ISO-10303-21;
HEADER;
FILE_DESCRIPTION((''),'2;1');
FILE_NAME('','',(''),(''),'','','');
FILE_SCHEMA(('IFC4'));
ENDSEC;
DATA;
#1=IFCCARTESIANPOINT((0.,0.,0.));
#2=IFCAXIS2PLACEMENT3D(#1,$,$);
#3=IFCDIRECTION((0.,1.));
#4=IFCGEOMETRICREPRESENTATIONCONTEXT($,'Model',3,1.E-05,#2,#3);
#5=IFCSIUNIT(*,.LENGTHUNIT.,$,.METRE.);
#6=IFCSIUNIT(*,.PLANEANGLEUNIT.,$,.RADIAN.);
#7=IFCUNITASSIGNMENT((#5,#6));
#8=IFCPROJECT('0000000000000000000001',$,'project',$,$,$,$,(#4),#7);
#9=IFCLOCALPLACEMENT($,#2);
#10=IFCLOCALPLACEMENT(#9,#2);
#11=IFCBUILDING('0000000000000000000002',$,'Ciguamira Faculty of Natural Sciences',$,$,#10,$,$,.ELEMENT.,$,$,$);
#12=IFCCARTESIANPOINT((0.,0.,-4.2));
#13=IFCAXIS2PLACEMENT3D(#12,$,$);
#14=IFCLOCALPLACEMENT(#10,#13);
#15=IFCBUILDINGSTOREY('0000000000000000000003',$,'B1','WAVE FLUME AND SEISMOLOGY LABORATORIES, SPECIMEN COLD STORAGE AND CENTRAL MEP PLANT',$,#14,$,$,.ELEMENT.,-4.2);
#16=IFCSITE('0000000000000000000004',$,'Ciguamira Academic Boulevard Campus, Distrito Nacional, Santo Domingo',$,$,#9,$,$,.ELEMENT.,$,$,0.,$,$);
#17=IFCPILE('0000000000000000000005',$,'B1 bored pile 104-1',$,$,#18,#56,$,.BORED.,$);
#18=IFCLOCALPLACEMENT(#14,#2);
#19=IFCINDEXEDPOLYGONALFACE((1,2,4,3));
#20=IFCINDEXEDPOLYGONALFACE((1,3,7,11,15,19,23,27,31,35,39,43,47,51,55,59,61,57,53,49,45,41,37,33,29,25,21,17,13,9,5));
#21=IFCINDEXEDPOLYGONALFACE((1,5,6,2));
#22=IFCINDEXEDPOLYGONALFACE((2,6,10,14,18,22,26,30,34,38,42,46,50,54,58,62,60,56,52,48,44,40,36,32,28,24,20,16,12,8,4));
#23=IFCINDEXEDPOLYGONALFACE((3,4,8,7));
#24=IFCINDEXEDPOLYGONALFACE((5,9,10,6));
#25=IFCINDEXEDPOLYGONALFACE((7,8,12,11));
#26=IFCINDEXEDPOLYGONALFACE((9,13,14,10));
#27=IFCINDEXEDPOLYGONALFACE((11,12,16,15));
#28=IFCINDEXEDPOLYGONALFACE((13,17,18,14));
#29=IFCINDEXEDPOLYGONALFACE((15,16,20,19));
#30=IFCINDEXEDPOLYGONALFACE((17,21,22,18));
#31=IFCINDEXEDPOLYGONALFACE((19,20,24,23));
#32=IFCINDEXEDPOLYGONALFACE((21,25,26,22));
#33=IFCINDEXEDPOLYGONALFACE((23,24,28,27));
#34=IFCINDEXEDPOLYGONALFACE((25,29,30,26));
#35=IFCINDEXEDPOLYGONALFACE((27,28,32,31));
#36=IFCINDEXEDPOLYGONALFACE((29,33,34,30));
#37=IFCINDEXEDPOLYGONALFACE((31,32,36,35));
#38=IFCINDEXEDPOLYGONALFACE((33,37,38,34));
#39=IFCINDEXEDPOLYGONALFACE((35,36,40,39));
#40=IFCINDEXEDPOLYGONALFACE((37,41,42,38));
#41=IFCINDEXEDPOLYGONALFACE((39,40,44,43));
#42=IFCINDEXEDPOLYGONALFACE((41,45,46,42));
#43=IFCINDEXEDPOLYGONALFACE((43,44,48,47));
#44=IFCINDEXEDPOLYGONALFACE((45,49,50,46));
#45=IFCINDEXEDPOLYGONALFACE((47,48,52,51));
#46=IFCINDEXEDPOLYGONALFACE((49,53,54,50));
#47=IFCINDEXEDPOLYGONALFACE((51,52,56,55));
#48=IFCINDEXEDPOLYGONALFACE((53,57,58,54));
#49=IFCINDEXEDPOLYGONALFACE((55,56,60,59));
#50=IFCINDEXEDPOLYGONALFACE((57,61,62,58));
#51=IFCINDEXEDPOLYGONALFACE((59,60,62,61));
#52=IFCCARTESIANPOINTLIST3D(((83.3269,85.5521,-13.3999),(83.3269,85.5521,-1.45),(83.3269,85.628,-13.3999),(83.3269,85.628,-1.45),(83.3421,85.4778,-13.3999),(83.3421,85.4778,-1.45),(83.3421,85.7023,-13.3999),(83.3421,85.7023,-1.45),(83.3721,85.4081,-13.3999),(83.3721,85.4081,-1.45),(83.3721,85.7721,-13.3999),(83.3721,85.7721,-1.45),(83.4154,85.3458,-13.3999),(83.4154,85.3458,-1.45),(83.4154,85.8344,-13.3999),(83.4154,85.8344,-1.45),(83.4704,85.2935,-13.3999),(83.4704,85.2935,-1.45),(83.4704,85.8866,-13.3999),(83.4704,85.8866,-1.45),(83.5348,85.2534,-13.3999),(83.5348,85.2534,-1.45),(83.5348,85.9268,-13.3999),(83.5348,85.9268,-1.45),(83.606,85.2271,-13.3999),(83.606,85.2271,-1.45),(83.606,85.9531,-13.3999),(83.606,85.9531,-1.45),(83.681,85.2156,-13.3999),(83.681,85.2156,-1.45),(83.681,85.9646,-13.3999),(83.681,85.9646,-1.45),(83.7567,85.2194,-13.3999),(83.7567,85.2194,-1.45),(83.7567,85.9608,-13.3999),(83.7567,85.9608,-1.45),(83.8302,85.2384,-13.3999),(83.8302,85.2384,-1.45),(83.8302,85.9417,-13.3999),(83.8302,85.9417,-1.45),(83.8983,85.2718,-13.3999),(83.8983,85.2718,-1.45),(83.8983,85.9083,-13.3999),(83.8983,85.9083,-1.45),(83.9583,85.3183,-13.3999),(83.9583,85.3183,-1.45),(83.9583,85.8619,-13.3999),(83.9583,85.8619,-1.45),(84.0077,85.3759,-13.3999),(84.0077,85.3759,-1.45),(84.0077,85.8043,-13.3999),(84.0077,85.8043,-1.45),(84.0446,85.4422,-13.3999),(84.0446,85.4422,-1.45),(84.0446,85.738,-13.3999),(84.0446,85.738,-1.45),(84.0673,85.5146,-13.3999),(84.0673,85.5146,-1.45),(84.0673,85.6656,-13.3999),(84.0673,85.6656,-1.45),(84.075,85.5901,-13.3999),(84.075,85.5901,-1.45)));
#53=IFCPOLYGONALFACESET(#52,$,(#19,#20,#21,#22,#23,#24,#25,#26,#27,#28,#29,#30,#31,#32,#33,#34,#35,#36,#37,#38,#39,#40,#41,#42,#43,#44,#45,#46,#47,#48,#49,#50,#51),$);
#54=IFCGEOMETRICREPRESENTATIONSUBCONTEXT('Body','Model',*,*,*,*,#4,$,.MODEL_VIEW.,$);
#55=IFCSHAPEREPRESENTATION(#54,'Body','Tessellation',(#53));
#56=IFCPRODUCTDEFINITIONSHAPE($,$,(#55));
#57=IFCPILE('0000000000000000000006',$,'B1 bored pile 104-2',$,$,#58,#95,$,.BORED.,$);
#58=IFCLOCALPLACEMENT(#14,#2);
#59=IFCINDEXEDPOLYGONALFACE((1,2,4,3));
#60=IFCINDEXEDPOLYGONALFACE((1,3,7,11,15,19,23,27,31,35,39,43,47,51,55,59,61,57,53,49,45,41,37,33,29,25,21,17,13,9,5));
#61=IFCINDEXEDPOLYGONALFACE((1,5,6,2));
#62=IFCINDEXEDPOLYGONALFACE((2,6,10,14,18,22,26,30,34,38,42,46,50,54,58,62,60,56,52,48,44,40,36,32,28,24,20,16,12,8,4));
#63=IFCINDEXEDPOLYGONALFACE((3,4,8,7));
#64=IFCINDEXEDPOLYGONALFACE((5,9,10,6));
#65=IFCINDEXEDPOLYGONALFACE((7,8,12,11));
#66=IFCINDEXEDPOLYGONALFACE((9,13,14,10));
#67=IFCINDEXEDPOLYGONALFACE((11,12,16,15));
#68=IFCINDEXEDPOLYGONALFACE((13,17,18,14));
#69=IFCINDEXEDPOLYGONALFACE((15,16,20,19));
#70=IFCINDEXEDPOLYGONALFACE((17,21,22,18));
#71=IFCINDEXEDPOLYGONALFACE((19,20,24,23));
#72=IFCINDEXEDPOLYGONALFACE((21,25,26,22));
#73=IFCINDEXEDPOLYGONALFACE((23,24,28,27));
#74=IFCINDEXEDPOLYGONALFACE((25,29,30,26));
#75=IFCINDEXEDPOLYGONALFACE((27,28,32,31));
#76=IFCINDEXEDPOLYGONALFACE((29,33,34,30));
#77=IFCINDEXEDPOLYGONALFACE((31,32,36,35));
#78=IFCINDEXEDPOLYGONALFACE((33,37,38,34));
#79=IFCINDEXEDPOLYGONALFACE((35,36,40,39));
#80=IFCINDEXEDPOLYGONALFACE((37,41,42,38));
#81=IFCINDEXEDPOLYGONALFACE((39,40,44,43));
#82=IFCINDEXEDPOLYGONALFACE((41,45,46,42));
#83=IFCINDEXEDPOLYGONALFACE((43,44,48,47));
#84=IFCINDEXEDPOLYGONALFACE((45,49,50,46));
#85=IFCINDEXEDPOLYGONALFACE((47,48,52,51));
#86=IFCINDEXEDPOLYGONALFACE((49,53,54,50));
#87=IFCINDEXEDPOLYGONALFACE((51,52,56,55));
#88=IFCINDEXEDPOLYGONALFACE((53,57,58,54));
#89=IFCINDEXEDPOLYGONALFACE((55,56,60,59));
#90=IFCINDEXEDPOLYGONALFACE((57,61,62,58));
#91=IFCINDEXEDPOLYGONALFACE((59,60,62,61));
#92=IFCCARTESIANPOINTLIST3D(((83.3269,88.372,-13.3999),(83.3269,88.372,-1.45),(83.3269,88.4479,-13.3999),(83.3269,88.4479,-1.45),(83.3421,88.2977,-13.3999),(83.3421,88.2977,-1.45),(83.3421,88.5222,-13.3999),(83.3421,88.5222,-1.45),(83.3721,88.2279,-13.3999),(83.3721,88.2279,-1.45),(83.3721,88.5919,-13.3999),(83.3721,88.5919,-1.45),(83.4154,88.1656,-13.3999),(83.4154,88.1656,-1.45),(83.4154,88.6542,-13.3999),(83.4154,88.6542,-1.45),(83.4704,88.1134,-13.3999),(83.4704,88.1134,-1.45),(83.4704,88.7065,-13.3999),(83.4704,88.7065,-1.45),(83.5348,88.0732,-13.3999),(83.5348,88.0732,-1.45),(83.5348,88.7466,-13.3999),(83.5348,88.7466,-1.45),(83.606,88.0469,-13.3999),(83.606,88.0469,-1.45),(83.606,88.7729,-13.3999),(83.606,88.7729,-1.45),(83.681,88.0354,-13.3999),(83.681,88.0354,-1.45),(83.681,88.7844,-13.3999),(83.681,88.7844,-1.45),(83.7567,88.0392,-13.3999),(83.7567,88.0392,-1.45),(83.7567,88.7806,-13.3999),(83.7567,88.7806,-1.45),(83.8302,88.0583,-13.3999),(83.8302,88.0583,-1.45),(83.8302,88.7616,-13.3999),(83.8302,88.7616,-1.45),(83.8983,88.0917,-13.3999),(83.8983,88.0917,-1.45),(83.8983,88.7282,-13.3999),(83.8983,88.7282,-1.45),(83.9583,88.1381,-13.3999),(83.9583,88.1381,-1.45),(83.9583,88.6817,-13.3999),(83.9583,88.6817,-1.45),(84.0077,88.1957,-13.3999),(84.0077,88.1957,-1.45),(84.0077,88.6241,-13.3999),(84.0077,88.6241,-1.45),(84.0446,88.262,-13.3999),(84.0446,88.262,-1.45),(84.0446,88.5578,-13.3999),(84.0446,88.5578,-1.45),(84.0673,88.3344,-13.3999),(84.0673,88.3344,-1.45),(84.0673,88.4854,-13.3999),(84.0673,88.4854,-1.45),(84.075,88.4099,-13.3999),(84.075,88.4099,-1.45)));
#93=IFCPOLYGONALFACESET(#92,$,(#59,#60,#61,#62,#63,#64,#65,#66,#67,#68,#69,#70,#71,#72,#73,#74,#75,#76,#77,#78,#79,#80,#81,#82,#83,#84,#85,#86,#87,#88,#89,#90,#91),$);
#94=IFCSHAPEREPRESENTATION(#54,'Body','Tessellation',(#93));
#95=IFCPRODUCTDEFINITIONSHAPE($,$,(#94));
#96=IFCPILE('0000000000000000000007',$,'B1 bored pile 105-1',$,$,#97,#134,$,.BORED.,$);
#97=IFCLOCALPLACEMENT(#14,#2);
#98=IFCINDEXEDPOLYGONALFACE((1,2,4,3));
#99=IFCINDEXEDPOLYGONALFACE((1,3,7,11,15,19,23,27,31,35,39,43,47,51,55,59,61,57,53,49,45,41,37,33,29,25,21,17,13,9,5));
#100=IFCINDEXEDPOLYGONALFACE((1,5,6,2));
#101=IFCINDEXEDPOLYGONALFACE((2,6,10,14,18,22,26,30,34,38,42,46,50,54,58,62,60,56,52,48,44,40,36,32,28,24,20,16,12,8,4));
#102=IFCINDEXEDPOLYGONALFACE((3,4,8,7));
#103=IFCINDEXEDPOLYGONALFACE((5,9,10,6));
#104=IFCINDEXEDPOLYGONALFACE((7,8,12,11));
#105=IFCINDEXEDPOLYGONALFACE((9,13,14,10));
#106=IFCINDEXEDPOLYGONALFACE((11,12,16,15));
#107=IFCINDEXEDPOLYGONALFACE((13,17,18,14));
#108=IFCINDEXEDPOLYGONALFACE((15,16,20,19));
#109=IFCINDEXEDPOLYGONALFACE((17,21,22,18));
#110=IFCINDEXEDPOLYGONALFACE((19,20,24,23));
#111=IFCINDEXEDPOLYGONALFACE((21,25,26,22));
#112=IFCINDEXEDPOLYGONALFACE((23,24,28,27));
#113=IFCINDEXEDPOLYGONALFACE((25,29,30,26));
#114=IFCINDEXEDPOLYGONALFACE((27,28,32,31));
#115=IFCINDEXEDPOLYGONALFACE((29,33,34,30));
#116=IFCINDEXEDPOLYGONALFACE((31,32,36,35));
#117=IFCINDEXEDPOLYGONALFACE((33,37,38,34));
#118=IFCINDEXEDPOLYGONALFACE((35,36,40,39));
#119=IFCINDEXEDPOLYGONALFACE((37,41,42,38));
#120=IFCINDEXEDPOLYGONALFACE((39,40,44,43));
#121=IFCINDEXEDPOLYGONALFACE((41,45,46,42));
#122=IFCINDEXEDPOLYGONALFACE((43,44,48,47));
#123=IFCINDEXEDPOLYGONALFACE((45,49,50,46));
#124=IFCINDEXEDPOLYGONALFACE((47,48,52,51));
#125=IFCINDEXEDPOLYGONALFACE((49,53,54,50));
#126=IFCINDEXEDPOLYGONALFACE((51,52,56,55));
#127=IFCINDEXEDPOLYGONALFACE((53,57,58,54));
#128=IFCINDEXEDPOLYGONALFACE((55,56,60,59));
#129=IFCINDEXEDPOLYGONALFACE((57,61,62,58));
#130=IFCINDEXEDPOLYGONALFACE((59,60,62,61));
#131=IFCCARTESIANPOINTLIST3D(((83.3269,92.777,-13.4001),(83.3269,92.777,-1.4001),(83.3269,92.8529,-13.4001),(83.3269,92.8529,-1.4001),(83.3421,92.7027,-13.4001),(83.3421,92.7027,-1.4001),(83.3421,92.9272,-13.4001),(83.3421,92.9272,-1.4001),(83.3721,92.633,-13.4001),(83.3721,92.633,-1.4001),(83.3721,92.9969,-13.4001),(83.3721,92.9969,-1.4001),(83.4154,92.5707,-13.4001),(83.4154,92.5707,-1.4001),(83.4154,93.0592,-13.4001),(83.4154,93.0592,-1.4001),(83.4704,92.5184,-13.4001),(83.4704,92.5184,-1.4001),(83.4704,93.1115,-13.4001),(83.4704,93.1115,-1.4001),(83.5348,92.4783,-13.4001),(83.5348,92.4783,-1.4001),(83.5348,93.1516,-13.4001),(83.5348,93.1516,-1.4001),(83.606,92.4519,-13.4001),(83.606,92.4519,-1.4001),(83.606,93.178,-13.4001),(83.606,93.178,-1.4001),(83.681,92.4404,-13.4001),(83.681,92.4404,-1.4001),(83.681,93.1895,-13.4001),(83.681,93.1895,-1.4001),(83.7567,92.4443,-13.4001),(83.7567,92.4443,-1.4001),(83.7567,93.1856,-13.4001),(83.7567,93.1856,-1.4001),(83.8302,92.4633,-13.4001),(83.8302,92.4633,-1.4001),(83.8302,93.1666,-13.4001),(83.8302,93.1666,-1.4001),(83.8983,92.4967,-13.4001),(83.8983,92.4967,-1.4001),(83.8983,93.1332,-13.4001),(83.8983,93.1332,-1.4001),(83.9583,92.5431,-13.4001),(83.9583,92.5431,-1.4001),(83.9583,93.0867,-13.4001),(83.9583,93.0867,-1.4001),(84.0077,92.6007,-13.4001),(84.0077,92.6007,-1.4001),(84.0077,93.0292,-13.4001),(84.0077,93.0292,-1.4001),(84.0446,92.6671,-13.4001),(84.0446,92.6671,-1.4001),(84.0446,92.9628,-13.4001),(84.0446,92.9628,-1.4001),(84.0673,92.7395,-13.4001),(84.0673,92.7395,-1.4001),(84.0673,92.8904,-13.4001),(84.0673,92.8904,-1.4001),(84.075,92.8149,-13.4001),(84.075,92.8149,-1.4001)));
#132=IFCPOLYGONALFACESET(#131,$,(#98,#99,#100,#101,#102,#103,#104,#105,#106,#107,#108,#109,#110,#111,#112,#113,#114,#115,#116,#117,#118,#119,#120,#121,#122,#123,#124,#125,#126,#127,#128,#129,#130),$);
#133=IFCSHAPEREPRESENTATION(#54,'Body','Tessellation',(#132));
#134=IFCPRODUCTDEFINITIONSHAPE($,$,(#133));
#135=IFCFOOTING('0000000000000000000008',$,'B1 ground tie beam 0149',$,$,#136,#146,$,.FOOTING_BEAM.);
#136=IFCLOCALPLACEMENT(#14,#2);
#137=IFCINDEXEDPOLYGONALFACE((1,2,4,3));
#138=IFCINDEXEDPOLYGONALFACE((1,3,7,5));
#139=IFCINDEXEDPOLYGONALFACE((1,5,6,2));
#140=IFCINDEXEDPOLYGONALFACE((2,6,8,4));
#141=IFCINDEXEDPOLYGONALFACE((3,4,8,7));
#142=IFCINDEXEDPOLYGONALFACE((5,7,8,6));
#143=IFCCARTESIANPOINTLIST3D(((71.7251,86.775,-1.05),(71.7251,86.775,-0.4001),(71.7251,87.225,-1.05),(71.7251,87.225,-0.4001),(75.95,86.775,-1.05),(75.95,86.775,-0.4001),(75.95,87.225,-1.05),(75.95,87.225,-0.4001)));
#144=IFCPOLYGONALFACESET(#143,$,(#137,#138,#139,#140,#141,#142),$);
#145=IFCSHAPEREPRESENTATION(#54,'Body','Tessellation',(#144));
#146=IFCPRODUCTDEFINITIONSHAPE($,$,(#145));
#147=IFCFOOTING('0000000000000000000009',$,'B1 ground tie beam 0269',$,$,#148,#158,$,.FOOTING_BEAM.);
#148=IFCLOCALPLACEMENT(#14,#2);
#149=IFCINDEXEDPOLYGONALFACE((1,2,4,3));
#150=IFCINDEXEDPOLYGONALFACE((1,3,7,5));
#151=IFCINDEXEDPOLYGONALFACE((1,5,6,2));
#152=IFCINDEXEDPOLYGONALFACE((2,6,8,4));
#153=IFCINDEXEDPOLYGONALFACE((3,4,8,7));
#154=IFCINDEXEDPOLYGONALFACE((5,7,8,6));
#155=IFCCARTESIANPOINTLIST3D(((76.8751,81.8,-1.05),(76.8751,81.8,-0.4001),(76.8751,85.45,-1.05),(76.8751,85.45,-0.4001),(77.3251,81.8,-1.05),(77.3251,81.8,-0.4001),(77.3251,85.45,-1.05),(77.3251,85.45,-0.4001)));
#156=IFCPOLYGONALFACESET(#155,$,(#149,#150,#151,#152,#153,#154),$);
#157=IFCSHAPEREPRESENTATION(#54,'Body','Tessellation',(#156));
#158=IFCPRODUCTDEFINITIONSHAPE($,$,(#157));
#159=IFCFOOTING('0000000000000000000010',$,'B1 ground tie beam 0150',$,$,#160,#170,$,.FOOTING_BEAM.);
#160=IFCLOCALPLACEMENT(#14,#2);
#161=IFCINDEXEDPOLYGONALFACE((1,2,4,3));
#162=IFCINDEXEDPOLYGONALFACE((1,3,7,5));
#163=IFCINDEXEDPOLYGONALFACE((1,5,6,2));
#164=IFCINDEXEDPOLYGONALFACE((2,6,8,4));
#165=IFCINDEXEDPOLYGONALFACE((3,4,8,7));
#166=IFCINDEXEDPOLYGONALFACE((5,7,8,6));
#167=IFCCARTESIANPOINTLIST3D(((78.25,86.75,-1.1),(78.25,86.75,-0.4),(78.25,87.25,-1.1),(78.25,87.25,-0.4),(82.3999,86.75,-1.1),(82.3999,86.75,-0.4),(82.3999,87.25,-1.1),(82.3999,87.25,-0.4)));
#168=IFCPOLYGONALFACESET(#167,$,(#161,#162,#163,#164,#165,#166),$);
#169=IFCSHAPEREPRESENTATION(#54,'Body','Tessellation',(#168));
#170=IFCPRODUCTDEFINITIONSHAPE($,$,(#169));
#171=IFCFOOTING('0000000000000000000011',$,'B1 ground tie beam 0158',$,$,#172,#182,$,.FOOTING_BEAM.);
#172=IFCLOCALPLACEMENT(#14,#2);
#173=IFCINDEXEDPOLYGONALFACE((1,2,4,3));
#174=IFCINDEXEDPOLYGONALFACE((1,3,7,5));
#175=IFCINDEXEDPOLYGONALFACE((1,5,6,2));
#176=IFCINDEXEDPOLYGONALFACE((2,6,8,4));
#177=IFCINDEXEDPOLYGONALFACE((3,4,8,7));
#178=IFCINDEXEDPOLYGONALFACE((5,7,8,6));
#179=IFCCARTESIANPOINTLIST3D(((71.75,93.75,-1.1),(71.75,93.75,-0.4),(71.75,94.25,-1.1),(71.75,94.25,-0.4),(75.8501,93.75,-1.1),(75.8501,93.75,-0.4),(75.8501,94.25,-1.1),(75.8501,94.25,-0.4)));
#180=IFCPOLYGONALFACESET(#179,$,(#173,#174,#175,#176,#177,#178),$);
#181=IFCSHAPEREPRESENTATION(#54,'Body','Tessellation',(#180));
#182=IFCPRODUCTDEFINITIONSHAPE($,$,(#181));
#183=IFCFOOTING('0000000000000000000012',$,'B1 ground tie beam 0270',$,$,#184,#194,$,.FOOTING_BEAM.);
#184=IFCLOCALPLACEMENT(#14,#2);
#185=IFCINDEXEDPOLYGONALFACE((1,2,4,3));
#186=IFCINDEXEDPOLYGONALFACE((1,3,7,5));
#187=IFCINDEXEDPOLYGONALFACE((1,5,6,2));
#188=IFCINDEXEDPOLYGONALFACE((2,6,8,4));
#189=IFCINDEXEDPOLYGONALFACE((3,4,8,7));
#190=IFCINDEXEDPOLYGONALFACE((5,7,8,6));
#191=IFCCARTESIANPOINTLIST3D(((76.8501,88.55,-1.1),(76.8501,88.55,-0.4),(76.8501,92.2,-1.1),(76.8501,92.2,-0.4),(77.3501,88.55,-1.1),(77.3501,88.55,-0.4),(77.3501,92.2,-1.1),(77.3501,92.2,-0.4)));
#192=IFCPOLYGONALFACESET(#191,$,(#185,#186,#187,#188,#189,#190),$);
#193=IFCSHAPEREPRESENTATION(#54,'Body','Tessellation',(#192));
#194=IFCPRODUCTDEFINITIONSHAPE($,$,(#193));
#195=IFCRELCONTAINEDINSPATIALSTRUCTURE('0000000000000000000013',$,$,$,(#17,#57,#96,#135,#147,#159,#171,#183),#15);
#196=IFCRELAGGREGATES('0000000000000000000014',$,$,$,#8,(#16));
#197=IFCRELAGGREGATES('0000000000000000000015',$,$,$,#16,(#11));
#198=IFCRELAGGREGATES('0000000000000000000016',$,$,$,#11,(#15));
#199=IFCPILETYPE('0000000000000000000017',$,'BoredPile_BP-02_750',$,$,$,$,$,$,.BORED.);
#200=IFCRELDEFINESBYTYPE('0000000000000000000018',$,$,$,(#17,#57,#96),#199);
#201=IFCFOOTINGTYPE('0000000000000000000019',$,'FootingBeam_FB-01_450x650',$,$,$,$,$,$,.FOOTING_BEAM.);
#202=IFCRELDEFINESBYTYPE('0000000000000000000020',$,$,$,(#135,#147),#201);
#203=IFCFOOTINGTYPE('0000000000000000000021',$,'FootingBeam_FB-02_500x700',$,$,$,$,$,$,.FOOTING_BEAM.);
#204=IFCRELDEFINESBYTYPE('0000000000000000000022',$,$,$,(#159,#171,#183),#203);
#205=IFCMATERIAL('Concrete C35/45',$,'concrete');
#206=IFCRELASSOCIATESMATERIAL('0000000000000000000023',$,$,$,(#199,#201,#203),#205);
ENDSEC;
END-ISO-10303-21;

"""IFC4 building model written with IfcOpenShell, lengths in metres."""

from ifc_helpers import new_model, si_unit, direction, frame, origin, origin_2d, place, context, subcontext, project, spatial, rectangle, circle, extrude, material, material_profile, profile_set, type_object, element, save


model = new_model("IFC4")

# Units and contexts
model_context = context("Model", 3, precision=1e-05, world=origin(), true_north=direction((0.0, 1.0)))
body_context = subcontext(model_context, "Body", "Model", "MODEL_VIEW")
ifc_project = project(units=[si_unit("LENGTHUNIT", "METRE"), si_unit("PLANEANGLEUNIT", "RADIAN")], contexts=[model_context])

# Site, building, storey
site_placement = place(None, origin())
site = spatial("IfcSite", under=ifc_project, at=site_placement, Name="Ciguamira Academic Boulevard Campus, Distrito Nacional, Santo Domingo", CompositionType="ELEMENT", RefElevation=0.0)
building_placement = place(site_placement, origin())
building = spatial("IfcBuilding", under=site, at=building_placement, Name="Ciguamira Faculty of Natural Sciences", CompositionType="ELEMENT")
storey_placement = place(building_placement, frame((0.0, 0.0, -4.2)))
storey = spatial("IfcBuildingStorey", under=building, at=storey_placement, Name="B1", Description="WAVE FLUME AND SEISMOLOGY LABORATORIES, SPECIMEN COLD STORAGE AND CENTRAL MEP PLANT", CompositionType="ELEMENT", Elevation=-4.2)

# Piles
ifc_material_1 = material(Name="Concrete C35/45", Category="concrete")
ifc_material_profile_1 = material_profile(ifc_material_1, circle(Radius=0.375, at=origin_2d()), Name="PILE-BORED-750")
ifc_profile_set_1 = profile_set([ifc_material_profile_1], Name="Concrete C35/45")
pile_type = type_object("IfcPileType", Name="BoredPile_BP-02_750", PredefinedType="BORED", material=ifc_profile_set_1)
for number, where, z_axis, x_axis, name in (
    (1, (83.7, 85.5901, -1.45), (0.0, 0.0, -1.0), (1.0, 0.0, 0.0), "B1 bored pile 104-1"),
    (2, (83.7, 88.4099, -1.45), (0.0, 0.0, -1.0), (1.0, 0.0, 0.0), "B1 bored pile 104-2"),
):
    element("IfcPile", number, at=place(storey_placement, frame(where, z_axis=z_axis, x_axis=x_axis)), inside=storey, type_object=pile_type, Name=name, PredefinedType="BORED", context=body_context, shape_type="SweptSolid", body=[
        extrude(circle(Radius=0.375, at=origin_2d()), origin(), (0.0, 0.0, 1.0), 11.95),
    ])
pile_1_placement = place(storey_placement, frame((83.7, 92.8149, -1.4001), z_axis=(0.0, 0.0, -1.0), x_axis=(1.0, 0.0, 0.0)))
element("IfcPile", 3, at=pile_1_placement, inside=storey, type_object=pile_type, Name="B1 bored pile 105-1", PredefinedType="BORED", context=body_context, shape_type="SweptSolid", body=[
    extrude(circle(Radius=0.375, at=origin_2d()), origin(), (0.0, 0.0, 1.0), 12.0),
])

# Footings
ifc_material_profile_2 = material_profile(ifc_material_1, rectangle(XDim=0.45, YDim=0.6499, at=origin_2d()), Name="RC-FB-450X650")
ifc_profile_set_2 = profile_set([ifc_material_profile_2], Name="Concrete C35/45")
footing_type_1 = type_object("IfcFootingType", Name="FootingBeam_FB-01_450x650", PredefinedType="FOOTING_BEAM", material=ifc_profile_set_2)
footing_1_placement = place(storey_placement, frame((71.7251, 87.0, -0.7251), z_axis=(1.0, 0.0, 0.0), x_axis=(0.0, 1.0, 0.0)))
element("IfcFooting", 4, at=footing_1_placement, inside=storey, type_object=footing_type_1, Name="B1 ground tie beam 0149", PredefinedType="FOOTING_BEAM", context=body_context, shape_type="SweptSolid", body=[
    extrude(rectangle(XDim=0.45, YDim=0.6499, at=origin_2d()), origin(), (0.0, 0.0, 1.0), 4.2249),
])
footing_2_placement = place(storey_placement, frame((77.1001, 81.8, -0.7251), z_axis=(0.0, 1.0, 0.0), x_axis=(-1.0, 0.0, 0.0)))
element("IfcFooting", 5, at=footing_2_placement, inside=storey, type_object=footing_type_1, Name="B1 ground tie beam 0269", PredefinedType="FOOTING_BEAM", context=body_context, shape_type="SweptSolid", body=[
    extrude(rectangle(XDim=0.45, YDim=0.6499, at=origin_2d()), origin(), (0.0, 0.0, 1.0), 3.6499),
])
ifc_material_profile_3 = material_profile(ifc_material_1, rectangle(XDim=0.5, YDim=0.7, at=origin_2d()), Name="RC-FB-500X700")
ifc_profile_set_3 = profile_set([ifc_material_profile_3], Name="Concrete C35/45")
footing_type_2 = type_object("IfcFootingType", Name="FootingBeam_FB-02_500x700", PredefinedType="FOOTING_BEAM", material=ifc_profile_set_3)
footing_3_placement = place(storey_placement, frame((78.25, 87.0, -0.75), z_axis=(1.0, 0.0, 0.0), x_axis=(0.0, 1.0, 0.0)))
element("IfcFooting", 6, at=footing_3_placement, inside=storey, type_object=footing_type_2, Name="B1 ground tie beam 0150", PredefinedType="FOOTING_BEAM", context=body_context, shape_type="SweptSolid", body=[
    extrude(rectangle(XDim=0.5, YDim=0.7, at=origin_2d()), origin(), (0.0, 0.0, 1.0), 4.1499),
])
footing_4_placement = place(storey_placement, frame((71.75, 94.0, -0.75), z_axis=(1.0, 0.0, 0.0), x_axis=(0.0, 1.0, 0.0)))
element("IfcFooting", 7, at=footing_4_placement, inside=storey, type_object=footing_type_2, Name="B1 ground tie beam 0158", PredefinedType="FOOTING_BEAM", context=body_context, shape_type="SweptSolid", body=[
    extrude(rectangle(XDim=0.5, YDim=0.7, at=origin_2d()), origin(), (0.0, 0.0, 1.0), 4.1001),
])
footing_5_placement = place(storey_placement, frame((77.1001, 88.55, -0.75), z_axis=(0.0, 1.0, 0.0), x_axis=(-1.0, 0.0, 0.0)))
element("IfcFooting", 8, at=footing_5_placement, inside=storey, type_object=footing_type_2, Name="B1 ground tie beam 0270", PredefinedType="FOOTING_BEAM", context=body_context, shape_type="SweptSolid", body=[
    extrude(rectangle(XDim=0.5, YDim=0.7, at=origin_2d()), origin(), (0.0, 0.0, 1.0), 3.6499),
])

save(model, "model.ifc")
